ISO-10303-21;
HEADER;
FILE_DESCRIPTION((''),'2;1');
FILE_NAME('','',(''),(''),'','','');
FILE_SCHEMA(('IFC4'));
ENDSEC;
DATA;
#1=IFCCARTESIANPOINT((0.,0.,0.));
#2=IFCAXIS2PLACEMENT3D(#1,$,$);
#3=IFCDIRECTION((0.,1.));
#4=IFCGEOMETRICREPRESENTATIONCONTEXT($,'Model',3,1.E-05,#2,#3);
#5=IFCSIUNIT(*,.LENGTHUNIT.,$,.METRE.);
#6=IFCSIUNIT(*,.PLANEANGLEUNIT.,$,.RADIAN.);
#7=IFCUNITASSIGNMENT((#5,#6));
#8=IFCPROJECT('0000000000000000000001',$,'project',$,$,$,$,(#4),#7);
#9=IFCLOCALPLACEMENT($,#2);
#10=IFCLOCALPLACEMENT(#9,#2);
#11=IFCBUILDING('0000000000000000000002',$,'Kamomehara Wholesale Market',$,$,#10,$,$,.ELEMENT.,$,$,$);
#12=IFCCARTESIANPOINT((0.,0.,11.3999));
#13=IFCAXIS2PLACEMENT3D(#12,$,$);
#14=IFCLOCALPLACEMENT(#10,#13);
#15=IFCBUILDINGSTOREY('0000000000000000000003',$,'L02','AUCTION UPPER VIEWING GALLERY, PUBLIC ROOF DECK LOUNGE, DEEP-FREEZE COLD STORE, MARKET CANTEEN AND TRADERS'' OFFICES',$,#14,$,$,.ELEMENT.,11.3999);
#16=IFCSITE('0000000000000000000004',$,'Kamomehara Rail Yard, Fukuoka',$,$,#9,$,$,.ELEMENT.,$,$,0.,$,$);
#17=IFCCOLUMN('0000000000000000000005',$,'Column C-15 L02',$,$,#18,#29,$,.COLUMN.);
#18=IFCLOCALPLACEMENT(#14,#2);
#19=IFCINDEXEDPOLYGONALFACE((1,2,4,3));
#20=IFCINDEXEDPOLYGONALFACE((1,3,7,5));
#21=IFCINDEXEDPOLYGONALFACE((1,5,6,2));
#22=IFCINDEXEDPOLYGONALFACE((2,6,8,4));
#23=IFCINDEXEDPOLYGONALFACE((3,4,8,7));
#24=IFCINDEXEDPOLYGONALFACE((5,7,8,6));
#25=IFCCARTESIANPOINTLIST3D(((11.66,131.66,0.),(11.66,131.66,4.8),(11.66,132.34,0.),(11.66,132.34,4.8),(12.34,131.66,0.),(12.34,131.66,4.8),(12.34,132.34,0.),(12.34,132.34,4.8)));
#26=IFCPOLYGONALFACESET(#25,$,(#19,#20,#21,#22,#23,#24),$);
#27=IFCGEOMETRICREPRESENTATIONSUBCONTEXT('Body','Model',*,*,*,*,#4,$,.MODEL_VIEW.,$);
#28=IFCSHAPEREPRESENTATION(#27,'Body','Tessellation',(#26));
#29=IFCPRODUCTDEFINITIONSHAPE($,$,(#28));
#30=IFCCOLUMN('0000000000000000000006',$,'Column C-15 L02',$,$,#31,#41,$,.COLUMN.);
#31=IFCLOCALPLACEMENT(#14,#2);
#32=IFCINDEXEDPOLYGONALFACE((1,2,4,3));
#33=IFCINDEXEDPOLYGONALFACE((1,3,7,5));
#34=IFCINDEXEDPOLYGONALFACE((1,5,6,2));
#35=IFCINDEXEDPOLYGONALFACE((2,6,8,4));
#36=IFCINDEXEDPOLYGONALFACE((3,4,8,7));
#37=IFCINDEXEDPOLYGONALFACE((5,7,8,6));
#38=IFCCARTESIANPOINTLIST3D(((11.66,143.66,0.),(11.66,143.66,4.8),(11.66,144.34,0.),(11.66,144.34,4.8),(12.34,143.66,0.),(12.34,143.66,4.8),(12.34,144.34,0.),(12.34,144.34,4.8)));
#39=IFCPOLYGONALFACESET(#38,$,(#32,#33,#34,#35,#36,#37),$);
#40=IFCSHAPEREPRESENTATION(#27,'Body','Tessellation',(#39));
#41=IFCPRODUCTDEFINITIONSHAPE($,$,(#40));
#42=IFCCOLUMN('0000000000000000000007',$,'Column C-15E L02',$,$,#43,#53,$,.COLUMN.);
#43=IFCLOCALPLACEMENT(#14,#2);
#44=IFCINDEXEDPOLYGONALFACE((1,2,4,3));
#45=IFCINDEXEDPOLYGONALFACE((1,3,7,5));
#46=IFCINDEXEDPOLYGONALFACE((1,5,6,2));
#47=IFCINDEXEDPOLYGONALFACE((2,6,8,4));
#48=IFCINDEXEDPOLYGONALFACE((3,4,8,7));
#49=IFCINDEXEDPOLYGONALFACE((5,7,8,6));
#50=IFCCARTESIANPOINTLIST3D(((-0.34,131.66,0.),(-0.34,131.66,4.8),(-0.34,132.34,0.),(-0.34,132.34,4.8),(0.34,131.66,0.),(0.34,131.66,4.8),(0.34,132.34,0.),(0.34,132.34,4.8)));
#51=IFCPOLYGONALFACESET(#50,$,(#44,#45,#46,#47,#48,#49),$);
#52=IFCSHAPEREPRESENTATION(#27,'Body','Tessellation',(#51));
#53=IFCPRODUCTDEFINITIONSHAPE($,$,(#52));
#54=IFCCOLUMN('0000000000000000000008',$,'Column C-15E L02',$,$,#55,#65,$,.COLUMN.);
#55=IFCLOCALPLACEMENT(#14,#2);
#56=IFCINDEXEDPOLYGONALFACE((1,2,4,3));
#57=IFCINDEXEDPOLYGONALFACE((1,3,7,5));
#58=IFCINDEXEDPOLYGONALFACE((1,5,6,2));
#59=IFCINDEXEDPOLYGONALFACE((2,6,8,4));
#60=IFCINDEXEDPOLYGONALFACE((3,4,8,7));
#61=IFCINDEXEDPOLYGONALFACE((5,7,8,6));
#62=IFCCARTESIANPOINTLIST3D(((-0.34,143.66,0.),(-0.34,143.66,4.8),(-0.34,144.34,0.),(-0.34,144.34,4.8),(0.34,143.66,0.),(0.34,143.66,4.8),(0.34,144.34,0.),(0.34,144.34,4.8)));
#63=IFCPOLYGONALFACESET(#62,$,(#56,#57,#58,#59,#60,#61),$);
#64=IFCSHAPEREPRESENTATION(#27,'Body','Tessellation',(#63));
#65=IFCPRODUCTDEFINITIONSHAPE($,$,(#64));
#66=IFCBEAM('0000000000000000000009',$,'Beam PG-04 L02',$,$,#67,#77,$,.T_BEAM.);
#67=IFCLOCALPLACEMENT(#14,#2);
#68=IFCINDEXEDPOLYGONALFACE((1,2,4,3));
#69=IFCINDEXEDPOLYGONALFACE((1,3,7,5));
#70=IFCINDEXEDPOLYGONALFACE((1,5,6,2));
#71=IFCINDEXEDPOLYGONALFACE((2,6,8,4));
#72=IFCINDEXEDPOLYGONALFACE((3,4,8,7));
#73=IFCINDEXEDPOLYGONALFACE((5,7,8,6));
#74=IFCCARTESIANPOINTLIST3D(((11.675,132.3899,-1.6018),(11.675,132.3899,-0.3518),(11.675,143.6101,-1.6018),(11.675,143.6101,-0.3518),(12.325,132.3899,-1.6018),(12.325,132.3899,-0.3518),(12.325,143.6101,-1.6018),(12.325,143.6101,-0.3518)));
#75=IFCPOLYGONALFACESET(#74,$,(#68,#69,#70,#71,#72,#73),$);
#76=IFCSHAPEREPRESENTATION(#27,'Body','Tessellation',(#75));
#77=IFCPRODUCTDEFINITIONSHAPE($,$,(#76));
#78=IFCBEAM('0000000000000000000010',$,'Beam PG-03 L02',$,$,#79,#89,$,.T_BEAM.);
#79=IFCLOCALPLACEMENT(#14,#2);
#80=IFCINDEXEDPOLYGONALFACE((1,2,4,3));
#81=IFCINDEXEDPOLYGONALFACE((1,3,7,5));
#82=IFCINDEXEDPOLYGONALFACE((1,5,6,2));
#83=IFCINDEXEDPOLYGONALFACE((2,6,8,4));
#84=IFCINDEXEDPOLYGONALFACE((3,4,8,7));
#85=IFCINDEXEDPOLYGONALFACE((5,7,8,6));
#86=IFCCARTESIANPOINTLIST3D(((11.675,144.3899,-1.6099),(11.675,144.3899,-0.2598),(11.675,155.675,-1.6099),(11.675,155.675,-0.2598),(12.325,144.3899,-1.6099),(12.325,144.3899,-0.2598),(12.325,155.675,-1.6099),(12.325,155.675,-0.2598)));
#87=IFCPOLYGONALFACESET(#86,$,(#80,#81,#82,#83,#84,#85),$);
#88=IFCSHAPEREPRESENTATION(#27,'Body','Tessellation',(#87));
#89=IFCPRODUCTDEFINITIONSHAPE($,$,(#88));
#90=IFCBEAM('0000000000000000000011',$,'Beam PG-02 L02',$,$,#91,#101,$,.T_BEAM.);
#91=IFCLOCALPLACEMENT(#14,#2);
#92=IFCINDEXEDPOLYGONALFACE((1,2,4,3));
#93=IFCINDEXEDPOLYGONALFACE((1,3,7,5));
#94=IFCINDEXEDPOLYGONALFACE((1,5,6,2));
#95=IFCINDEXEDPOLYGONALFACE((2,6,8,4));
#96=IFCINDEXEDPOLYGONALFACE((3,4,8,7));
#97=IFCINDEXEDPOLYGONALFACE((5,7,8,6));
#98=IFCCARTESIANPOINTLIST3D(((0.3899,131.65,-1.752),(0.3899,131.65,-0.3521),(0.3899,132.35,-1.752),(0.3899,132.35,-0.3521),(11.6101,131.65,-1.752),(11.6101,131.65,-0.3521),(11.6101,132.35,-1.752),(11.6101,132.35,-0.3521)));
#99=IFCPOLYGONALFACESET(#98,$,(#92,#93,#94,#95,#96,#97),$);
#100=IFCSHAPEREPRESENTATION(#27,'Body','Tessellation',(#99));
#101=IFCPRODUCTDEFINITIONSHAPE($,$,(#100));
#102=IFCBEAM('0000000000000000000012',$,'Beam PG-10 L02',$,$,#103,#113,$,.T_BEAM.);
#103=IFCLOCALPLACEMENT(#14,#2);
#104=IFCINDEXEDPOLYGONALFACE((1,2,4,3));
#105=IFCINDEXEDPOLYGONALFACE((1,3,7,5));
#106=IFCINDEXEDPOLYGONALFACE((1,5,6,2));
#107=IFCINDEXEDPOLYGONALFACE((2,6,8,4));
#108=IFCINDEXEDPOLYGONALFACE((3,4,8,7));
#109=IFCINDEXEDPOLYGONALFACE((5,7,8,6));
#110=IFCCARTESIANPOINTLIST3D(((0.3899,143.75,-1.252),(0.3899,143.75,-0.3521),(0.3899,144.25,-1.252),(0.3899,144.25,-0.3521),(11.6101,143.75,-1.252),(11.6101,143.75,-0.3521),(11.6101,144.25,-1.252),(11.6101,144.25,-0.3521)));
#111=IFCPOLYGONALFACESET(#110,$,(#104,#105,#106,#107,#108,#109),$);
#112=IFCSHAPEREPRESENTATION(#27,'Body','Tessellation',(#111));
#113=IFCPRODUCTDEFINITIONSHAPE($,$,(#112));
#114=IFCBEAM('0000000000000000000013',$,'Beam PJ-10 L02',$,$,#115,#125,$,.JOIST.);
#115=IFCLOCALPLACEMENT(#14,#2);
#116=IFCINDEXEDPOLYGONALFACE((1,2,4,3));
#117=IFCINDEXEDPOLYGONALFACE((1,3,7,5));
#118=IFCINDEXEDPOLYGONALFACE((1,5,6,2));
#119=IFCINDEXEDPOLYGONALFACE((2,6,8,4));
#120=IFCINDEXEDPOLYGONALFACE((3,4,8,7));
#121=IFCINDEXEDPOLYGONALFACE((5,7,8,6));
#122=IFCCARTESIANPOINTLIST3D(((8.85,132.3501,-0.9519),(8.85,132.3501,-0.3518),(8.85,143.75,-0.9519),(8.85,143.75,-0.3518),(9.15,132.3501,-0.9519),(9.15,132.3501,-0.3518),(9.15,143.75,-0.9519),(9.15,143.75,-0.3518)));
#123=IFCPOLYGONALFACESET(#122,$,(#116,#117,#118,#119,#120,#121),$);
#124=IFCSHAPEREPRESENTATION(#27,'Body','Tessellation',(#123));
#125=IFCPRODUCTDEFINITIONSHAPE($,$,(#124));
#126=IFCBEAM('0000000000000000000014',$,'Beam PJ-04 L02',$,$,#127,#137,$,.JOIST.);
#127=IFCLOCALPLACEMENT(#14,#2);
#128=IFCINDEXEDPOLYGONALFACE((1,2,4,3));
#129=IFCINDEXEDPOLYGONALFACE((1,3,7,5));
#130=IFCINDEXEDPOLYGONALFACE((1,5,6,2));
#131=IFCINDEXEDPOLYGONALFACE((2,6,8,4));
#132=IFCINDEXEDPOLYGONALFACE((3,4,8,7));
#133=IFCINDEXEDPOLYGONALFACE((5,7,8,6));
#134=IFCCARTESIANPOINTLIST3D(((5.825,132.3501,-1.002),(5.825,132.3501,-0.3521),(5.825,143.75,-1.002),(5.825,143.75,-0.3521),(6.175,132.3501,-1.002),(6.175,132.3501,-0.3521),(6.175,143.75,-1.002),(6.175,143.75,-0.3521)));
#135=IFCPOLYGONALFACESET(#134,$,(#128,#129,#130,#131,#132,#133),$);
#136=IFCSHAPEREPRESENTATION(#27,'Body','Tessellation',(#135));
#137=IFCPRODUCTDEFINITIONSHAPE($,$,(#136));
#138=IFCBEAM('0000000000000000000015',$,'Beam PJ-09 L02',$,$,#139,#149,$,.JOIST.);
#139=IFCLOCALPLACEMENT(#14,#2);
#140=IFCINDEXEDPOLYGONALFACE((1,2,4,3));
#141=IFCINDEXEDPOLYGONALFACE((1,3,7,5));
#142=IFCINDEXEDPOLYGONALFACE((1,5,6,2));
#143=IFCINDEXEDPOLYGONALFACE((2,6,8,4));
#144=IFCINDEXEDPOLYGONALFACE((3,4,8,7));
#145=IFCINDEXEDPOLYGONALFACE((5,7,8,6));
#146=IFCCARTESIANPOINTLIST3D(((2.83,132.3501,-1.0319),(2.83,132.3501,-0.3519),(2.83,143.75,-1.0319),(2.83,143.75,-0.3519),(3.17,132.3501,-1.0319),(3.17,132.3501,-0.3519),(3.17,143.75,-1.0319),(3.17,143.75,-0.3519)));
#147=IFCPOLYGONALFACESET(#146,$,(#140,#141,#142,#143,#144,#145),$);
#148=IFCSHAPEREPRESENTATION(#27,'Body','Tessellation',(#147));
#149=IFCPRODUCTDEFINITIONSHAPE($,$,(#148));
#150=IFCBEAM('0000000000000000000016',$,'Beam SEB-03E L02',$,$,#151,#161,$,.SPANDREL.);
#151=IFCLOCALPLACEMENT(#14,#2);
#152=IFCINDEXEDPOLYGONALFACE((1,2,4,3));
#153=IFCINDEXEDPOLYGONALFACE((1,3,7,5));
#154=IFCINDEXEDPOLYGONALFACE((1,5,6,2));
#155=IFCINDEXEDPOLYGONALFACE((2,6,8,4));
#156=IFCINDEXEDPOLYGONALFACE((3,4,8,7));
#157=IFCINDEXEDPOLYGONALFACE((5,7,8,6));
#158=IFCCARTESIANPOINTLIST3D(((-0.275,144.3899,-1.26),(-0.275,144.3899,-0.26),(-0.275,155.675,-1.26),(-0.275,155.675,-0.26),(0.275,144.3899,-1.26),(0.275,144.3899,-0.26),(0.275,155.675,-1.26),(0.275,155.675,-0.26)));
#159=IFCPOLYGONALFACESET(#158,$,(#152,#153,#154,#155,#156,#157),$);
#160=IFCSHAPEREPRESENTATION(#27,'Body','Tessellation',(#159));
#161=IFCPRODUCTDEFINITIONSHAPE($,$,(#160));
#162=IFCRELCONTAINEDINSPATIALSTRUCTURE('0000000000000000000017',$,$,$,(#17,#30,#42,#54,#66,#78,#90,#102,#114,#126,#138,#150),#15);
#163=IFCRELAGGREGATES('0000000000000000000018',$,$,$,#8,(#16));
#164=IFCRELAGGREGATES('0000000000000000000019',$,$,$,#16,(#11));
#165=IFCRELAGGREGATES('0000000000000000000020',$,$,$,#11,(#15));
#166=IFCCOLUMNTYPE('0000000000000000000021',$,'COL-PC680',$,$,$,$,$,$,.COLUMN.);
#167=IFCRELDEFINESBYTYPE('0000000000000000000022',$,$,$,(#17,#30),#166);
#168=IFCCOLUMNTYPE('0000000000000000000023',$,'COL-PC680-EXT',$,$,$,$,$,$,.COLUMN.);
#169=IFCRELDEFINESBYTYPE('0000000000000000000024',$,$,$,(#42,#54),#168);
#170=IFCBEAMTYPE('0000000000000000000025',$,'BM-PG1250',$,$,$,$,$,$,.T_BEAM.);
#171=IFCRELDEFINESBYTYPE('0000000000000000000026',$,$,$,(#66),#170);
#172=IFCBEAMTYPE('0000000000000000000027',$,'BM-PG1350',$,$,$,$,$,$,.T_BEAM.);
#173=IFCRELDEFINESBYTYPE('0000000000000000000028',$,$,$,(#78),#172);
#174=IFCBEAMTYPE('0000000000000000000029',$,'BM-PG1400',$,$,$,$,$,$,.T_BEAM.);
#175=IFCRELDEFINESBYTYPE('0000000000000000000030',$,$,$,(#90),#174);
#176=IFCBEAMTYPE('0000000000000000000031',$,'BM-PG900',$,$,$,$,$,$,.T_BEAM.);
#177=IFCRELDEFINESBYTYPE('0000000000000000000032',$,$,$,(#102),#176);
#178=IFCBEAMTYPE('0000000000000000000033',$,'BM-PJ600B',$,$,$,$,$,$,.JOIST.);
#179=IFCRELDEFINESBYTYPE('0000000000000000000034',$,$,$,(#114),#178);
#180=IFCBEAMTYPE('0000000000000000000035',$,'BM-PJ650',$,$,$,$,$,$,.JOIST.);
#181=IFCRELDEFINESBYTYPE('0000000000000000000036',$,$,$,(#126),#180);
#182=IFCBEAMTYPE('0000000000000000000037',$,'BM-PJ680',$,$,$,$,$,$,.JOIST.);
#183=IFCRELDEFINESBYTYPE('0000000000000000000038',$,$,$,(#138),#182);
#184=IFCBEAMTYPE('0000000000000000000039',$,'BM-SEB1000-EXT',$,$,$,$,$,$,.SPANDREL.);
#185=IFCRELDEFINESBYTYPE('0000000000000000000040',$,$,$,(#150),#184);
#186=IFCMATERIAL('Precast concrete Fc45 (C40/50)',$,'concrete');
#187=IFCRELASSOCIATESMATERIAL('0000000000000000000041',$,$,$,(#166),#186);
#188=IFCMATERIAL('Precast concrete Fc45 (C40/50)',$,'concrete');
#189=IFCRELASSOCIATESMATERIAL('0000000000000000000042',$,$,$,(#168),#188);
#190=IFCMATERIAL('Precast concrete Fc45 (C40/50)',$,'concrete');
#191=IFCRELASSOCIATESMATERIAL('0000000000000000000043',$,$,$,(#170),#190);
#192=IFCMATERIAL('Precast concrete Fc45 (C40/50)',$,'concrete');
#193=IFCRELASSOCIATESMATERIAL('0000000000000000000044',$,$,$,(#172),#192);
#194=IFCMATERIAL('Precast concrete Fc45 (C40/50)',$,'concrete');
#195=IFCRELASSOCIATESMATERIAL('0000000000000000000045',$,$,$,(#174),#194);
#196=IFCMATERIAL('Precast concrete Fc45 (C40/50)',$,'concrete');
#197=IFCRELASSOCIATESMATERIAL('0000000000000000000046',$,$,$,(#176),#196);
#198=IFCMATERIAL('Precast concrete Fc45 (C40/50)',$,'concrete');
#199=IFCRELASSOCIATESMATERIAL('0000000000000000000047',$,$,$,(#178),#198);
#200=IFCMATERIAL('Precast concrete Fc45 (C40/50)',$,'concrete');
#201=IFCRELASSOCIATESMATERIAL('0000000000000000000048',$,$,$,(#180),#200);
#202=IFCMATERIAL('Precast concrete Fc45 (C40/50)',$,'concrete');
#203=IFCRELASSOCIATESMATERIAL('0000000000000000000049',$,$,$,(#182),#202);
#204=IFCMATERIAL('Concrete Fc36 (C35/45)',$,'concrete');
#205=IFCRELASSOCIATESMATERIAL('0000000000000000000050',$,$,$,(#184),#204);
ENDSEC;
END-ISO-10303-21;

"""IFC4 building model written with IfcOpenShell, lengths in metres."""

from ifc_helpers import new_model, si_unit, direction, frame, origin, origin_2d, place, context, subcontext, project, spatial, rectangle, extrude, material, material_profile, profile_set, type_object, element, save


model = new_model("IFC4")

# Units and contexts
model_context = context("Model", 3, precision=1e-05, world=origin(), true_north=direction((0.0, 1.0)))
body_context = subcontext(model_context, "Body", "Model", "MODEL_VIEW")
ifc_project = project(units=[si_unit("LENGTHUNIT", "METRE"), si_unit("PLANEANGLEUNIT", "RADIAN")], contexts=[model_context])

# Site, building, storey
site_placement = place(None, origin())
site = spatial("IfcSite", under=ifc_project, at=site_placement, Name="Kamomehara Rail Yard, Fukuoka", CompositionType="ELEMENT", RefElevation=0.0)
building_placement = place(site_placement, origin())
building = spatial("IfcBuilding", under=site, at=building_placement, Name="Kamomehara Wholesale Market", CompositionType="ELEMENT")
storey_placement = place(building_placement, frame((0.0, 0.0, 11.3999)))
storey = spatial("IfcBuildingStorey", under=building, at=storey_placement, Name="L02", Description="AUCTION UPPER VIEWING GALLERY, PUBLIC ROOF DECK LOUNGE, DEEP-FREEZE COLD STORE, MARKET CANTEEN AND TRADERS' OFFICES", CompositionType="ELEMENT", Elevation=11.3999)

# Columns
ifc_material_1 = material(Name="Precast concrete Fc45 (C40/50)", Category="concrete")
ifc_material_profile_1 = material_profile(ifc_material_1, rectangle(XDim=0.6799, YDim=0.6799, at=origin_2d()), Name="PC-COL-680x680")
ifc_profile_set_1 = profile_set([ifc_material_profile_1], Name="Precast concrete Fc45 (C40/50)")
column_type_1 = type_object("IfcColumnType", Name="COL-PC680", PredefinedType="COLUMN", material=ifc_profile_set_1)
for number, where, z_axis, x_axis, name in (
    (1, (12.0, 132.0, 0.0), (0.0, 0.0, 1.0), (1.0, 0.0, 0.0), "Column C-15 L02"),
    (2, (12.0, 144.0, 0.0), (0.0, 0.0, 1.0), (1.0, 0.0, 0.0), "Column C-15 L02"),
):
    element("IfcColumn", number, at=place(storey_placement, frame(where, z_axis=z_axis, x_axis=x_axis)), inside=storey, type_object=column_type_1, Name=name, PredefinedType="COLUMN", context=body_context, shape_type="SweptSolid", body=[
        extrude(rectangle(XDim=0.6799, YDim=0.6799, at=origin_2d()), origin(), (0.0, 0.0, 1.0), 4.8),
    ])
ifc_material_2 = material(Name="Precast concrete Fc45 (C40/50)", Category="concrete")
ifc_material_profile_2 = material_profile(ifc_material_2, rectangle(XDim=0.6799, YDim=0.6799, at=origin_2d()), Name="PC-COL-680x680")
ifc_profile_set_2 = profile_set([ifc_material_profile_2], Name="Precast concrete Fc45 (C40/50)")
column_type_2 = type_object("IfcColumnType", Name="COL-PC680-EXT", PredefinedType="COLUMN", material=ifc_profile_set_2)
for number, where, z_axis, x_axis, name in (
    (3, (0.0, 132.0, 0.0), (0.0, 0.0, 1.0), (1.0, 0.0, 0.0), "Column C-15E L02"),
    (4, (0.0, 144.0, 0.0), (0.0, 0.0, 1.0), (1.0, 0.0, 0.0), "Column C-15E L02"),
):
    element("IfcColumn", number, at=place(storey_placement, frame(where, z_axis=z_axis, x_axis=x_axis)), inside=storey, type_object=column_type_2, Name=name, PredefinedType="COLUMN", context=body_context, shape_type="SweptSolid", body=[
        extrude(rectangle(XDim=0.6799, YDim=0.6799, at=origin_2d()), origin(), (0.0, 0.0, 1.0), 4.8),
    ])

# Beams
ifc_material_3 = material(Name="Precast concrete Fc45 (C40/50)", Category="concrete")
ifc_material_profile_3 = material_profile(ifc_material_3, rectangle(XDim=0.6499, YDim=1.25, at=origin_2d()), Name="PC-GRD-650x1250")
ifc_profile_set_3 = profile_set([ifc_material_profile_3], Name="Precast concrete Fc45 (C40/50)")
beam_type_1 = type_object("IfcBeamType", Name="BM-PG1250", PredefinedType="T_BEAM", material=ifc_profile_set_3)
beam_1_placement = place(storey_placement, frame((12.0, 132.3899, -0.9768), z_axis=(0.0, 1.0, 0.0), x_axis=(-1.0, 0.0, 0.0)))
element("IfcBeam", 5, at=beam_1_placement, inside=storey, type_object=beam_type_1, Name="Beam PG-04 L02", PredefinedType="T_BEAM", context=body_context, shape_type="SweptSolid", body=[
    extrude(rectangle(XDim=0.6499, YDim=1.25, at=origin_2d()), origin(), (0.0, 0.0, 1.0), 11.2202),
])
ifc_material_4 = material(Name="Precast concrete Fc45 (C40/50)", Category="concrete")
ifc_material_profile_4 = material_profile(ifc_material_4, rectangle(XDim=0.6499, YDim=1.3501, at=origin_2d()), Name="PC-GRD-650x1350")
ifc_profile_set_4 = profile_set([ifc_material_profile_4], Name="Precast concrete Fc45 (C40/50)")
beam_type_2 = type_object("IfcBeamType", Name="BM-PG1350", PredefinedType="T_BEAM", material=ifc_profile_set_4)
beam_2_placement = place(storey_placement, frame((12.0, 144.3899, -0.9348), z_axis=(0.0, 1.0, 0.0), x_axis=(-1.0, 0.0, 0.0)))
element("IfcBeam", 6, at=beam_2_placement, inside=storey, type_object=beam_type_2, Name="Beam PG-03 L02", PredefinedType="T_BEAM", context=body_context, shape_type="SweptSolid", body=[
    extrude(rectangle(XDim=0.6499, YDim=1.3501, at=origin_2d()), origin(), (0.0, 0.0, 1.0), 11.2852),
])
ifc_material_5 = material(Name="Precast concrete Fc45 (C40/50)", Category="concrete")
ifc_material_profile_5 = material_profile(ifc_material_5, rectangle(XDim=0.7, YDim=1.3999, at=origin_2d()), Name="PC-GRD-700x1400")
ifc_profile_set_5 = profile_set([ifc_material_profile_5], Name="Precast concrete Fc45 (C40/50)")
beam_type_3 = type_object("IfcBeamType", Name="BM-PG1400", PredefinedType="T_BEAM", material=ifc_profile_set_5)
beam_3_placement = place(storey_placement, frame((0.3899, 132.0, -1.052), z_axis=(1.0, 0.0, 0.0), x_axis=(0.0, 1.0, 0.0)))
element("IfcBeam", 7, at=beam_3_placement, inside=storey, type_object=beam_type_3, Name="Beam PG-02 L02", PredefinedType="T_BEAM", context=body_context, shape_type="SweptSolid", body=[
    extrude(rectangle(XDim=0.7, YDim=1.3999, at=origin_2d()), origin(), (0.0, 0.0, 1.0), 11.2202),
])
ifc_material_6 = material(Name="Precast concrete Fc45 (C40/50)", Category="concrete")
ifc_material_profile_6 = material_profile(ifc_material_6, rectangle(XDim=0.5, YDim=0.8999, at=origin_2d()), Name="PC-GRD-500x900")
ifc_profile_set_6 = profile_set([ifc_material_profile_6], Name="Precast concrete Fc45 (C40/50)")
beam_type_4 = type_object("IfcBeamType", Name="BM-PG900", PredefinedType="T_BEAM", material=ifc_profile_set_6)
beam_4_placement = place(storey_placement, frame((0.3899, 144.0, -0.802), z_axis=(1.0, 0.0, 0.0), x_axis=(0.0, 1.0, 0.0)))
element("IfcBeam", 8, at=beam_4_placement, inside=storey, type_object=beam_type_4, Name="Beam PG-10 L02", PredefinedType="T_BEAM", context=body_context, shape_type="SweptSolid", body=[
    extrude(rectangle(XDim=0.5, YDim=0.8999, at=origin_2d()), origin(), (0.0, 0.0, 1.0), 11.2202),
])
ifc_material_7 = material(Name="Precast concrete Fc45 (C40/50)", Category="concrete")
ifc_material_profile_7 = material_profile(ifc_material_7, rectangle(XDim=0.3, YDim=0.6001, at=origin_2d()), Name="PC-JST-300x600")
ifc_profile_set_7 = profile_set([ifc_material_profile_7], Name="Precast concrete Fc45 (C40/50)")
beam_type_5 = type_object("IfcBeamType", Name="BM-PJ600B", PredefinedType="JOIST", material=ifc_profile_set_7)
beam_5_placement = place(storey_placement, frame((9.0, 132.3501, -0.6519), z_axis=(0.0, 1.0, 0.0), x_axis=(-1.0, 0.0, 0.0)))
element("IfcBeam", 9, at=beam_5_placement, inside=storey, type_object=beam_type_5, Name="Beam PJ-10 L02", PredefinedType="JOIST", context=body_context, shape_type="SweptSolid", body=[
    extrude(rectangle(XDim=0.3, YDim=0.6001, at=origin_2d()), origin(), (0.0, 0.0, 1.0), 11.3999),
])
ifc_material_8 = material(Name="Precast concrete Fc45 (C40/50)", Category="concrete")
ifc_material_profile_8 = material_profile(ifc_material_8, rectangle(XDim=0.3501, YDim=0.6499, at=origin_2d()), Name="PC-JST-350x650")
ifc_profile_set_8 = profile_set([ifc_material_profile_8], Name="Precast concrete Fc45 (C40/50)")
beam_type_6 = type_object("IfcBeamType", Name="BM-PJ650", PredefinedType="JOIST", material=ifc_profile_set_8)
beam_6_placement = place(storey_placement, frame((6.0, 132.3501, -0.677), z_axis=(0.0, 1.0, 0.0), x_axis=(-1.0, 0.0, 0.0)))
element("IfcBeam", 10, at=beam_6_placement, inside=storey, type_object=beam_type_6, Name="Beam PJ-04 L02", PredefinedType="JOIST", context=body_context, shape_type="SweptSolid", body=[
    extrude(rectangle(XDim=0.3501, YDim=0.6499, at=origin_2d()), origin(), (0.0, 0.0, 1.0), 11.3999),
])
ifc_material_9 = material(Name="Precast concrete Fc45 (C40/50)", Category="concrete")
ifc_material_profile_9 = material_profile(ifc_material_9, rectangle(XDim=0.3401, YDim=0.6799, at=origin_2d()), Name="PC-JST-340x680")
ifc_profile_set_9 = profile_set([ifc_material_profile_9], Name="Precast concrete Fc45 (C40/50)")
beam_type_7 = type_object("IfcBeamType", Name="BM-PJ680", PredefinedType="JOIST", material=ifc_profile_set_9)
beam_7_placement = place(storey_placement, frame((3.0, 132.3501, -0.6919), z_axis=(0.0, 1.0, 0.0), x_axis=(-1.0, 0.0, 0.0)))
element("IfcBeam", 11, at=beam_7_placement, inside=storey, type_object=beam_type_7, Name="Beam PJ-09 L02", PredefinedType="JOIST", context=body_context, shape_type="SweptSolid", body=[
    extrude(rectangle(XDim=0.3401, YDim=0.6799, at=origin_2d()), origin(), (0.0, 0.0, 1.0), 11.3999),
])
ifc_material_10 = material(Name="Concrete Fc36 (C35/45)", Category="concrete")
ifc_material_profile_10 = material_profile(ifc_material_10, rectangle(XDim=0.55, YDim=1.0, at=origin_2d()), Name="RC-SEB-550x1000")
ifc_profile_set_10 = profile_set([ifc_material_profile_10], Name="Concrete Fc36 (C35/45)")
beam_type_8 = type_object("IfcBeamType", Name="BM-SEB1000-EXT", PredefinedType="SPANDREL", material=ifc_profile_set_10)
beam_8_placement = place(storey_placement, frame((0.0, 144.3899, -0.76), z_axis=(0.0, 1.0, 0.0), x_axis=(-1.0, 0.0, 0.0)))
element("IfcBeam", 12, at=beam_8_placement, inside=storey, type_object=beam_type_8, Name="Beam SEB-03E L02", PredefinedType="SPANDREL", context=body_context, shape_type="SweptSolid", body=[
    extrude(rectangle(XDim=0.55, YDim=1.0, at=origin_2d()), origin(), (0.0, 0.0, 1.0), 11.2852),
])

save(model, "model.ifc")
